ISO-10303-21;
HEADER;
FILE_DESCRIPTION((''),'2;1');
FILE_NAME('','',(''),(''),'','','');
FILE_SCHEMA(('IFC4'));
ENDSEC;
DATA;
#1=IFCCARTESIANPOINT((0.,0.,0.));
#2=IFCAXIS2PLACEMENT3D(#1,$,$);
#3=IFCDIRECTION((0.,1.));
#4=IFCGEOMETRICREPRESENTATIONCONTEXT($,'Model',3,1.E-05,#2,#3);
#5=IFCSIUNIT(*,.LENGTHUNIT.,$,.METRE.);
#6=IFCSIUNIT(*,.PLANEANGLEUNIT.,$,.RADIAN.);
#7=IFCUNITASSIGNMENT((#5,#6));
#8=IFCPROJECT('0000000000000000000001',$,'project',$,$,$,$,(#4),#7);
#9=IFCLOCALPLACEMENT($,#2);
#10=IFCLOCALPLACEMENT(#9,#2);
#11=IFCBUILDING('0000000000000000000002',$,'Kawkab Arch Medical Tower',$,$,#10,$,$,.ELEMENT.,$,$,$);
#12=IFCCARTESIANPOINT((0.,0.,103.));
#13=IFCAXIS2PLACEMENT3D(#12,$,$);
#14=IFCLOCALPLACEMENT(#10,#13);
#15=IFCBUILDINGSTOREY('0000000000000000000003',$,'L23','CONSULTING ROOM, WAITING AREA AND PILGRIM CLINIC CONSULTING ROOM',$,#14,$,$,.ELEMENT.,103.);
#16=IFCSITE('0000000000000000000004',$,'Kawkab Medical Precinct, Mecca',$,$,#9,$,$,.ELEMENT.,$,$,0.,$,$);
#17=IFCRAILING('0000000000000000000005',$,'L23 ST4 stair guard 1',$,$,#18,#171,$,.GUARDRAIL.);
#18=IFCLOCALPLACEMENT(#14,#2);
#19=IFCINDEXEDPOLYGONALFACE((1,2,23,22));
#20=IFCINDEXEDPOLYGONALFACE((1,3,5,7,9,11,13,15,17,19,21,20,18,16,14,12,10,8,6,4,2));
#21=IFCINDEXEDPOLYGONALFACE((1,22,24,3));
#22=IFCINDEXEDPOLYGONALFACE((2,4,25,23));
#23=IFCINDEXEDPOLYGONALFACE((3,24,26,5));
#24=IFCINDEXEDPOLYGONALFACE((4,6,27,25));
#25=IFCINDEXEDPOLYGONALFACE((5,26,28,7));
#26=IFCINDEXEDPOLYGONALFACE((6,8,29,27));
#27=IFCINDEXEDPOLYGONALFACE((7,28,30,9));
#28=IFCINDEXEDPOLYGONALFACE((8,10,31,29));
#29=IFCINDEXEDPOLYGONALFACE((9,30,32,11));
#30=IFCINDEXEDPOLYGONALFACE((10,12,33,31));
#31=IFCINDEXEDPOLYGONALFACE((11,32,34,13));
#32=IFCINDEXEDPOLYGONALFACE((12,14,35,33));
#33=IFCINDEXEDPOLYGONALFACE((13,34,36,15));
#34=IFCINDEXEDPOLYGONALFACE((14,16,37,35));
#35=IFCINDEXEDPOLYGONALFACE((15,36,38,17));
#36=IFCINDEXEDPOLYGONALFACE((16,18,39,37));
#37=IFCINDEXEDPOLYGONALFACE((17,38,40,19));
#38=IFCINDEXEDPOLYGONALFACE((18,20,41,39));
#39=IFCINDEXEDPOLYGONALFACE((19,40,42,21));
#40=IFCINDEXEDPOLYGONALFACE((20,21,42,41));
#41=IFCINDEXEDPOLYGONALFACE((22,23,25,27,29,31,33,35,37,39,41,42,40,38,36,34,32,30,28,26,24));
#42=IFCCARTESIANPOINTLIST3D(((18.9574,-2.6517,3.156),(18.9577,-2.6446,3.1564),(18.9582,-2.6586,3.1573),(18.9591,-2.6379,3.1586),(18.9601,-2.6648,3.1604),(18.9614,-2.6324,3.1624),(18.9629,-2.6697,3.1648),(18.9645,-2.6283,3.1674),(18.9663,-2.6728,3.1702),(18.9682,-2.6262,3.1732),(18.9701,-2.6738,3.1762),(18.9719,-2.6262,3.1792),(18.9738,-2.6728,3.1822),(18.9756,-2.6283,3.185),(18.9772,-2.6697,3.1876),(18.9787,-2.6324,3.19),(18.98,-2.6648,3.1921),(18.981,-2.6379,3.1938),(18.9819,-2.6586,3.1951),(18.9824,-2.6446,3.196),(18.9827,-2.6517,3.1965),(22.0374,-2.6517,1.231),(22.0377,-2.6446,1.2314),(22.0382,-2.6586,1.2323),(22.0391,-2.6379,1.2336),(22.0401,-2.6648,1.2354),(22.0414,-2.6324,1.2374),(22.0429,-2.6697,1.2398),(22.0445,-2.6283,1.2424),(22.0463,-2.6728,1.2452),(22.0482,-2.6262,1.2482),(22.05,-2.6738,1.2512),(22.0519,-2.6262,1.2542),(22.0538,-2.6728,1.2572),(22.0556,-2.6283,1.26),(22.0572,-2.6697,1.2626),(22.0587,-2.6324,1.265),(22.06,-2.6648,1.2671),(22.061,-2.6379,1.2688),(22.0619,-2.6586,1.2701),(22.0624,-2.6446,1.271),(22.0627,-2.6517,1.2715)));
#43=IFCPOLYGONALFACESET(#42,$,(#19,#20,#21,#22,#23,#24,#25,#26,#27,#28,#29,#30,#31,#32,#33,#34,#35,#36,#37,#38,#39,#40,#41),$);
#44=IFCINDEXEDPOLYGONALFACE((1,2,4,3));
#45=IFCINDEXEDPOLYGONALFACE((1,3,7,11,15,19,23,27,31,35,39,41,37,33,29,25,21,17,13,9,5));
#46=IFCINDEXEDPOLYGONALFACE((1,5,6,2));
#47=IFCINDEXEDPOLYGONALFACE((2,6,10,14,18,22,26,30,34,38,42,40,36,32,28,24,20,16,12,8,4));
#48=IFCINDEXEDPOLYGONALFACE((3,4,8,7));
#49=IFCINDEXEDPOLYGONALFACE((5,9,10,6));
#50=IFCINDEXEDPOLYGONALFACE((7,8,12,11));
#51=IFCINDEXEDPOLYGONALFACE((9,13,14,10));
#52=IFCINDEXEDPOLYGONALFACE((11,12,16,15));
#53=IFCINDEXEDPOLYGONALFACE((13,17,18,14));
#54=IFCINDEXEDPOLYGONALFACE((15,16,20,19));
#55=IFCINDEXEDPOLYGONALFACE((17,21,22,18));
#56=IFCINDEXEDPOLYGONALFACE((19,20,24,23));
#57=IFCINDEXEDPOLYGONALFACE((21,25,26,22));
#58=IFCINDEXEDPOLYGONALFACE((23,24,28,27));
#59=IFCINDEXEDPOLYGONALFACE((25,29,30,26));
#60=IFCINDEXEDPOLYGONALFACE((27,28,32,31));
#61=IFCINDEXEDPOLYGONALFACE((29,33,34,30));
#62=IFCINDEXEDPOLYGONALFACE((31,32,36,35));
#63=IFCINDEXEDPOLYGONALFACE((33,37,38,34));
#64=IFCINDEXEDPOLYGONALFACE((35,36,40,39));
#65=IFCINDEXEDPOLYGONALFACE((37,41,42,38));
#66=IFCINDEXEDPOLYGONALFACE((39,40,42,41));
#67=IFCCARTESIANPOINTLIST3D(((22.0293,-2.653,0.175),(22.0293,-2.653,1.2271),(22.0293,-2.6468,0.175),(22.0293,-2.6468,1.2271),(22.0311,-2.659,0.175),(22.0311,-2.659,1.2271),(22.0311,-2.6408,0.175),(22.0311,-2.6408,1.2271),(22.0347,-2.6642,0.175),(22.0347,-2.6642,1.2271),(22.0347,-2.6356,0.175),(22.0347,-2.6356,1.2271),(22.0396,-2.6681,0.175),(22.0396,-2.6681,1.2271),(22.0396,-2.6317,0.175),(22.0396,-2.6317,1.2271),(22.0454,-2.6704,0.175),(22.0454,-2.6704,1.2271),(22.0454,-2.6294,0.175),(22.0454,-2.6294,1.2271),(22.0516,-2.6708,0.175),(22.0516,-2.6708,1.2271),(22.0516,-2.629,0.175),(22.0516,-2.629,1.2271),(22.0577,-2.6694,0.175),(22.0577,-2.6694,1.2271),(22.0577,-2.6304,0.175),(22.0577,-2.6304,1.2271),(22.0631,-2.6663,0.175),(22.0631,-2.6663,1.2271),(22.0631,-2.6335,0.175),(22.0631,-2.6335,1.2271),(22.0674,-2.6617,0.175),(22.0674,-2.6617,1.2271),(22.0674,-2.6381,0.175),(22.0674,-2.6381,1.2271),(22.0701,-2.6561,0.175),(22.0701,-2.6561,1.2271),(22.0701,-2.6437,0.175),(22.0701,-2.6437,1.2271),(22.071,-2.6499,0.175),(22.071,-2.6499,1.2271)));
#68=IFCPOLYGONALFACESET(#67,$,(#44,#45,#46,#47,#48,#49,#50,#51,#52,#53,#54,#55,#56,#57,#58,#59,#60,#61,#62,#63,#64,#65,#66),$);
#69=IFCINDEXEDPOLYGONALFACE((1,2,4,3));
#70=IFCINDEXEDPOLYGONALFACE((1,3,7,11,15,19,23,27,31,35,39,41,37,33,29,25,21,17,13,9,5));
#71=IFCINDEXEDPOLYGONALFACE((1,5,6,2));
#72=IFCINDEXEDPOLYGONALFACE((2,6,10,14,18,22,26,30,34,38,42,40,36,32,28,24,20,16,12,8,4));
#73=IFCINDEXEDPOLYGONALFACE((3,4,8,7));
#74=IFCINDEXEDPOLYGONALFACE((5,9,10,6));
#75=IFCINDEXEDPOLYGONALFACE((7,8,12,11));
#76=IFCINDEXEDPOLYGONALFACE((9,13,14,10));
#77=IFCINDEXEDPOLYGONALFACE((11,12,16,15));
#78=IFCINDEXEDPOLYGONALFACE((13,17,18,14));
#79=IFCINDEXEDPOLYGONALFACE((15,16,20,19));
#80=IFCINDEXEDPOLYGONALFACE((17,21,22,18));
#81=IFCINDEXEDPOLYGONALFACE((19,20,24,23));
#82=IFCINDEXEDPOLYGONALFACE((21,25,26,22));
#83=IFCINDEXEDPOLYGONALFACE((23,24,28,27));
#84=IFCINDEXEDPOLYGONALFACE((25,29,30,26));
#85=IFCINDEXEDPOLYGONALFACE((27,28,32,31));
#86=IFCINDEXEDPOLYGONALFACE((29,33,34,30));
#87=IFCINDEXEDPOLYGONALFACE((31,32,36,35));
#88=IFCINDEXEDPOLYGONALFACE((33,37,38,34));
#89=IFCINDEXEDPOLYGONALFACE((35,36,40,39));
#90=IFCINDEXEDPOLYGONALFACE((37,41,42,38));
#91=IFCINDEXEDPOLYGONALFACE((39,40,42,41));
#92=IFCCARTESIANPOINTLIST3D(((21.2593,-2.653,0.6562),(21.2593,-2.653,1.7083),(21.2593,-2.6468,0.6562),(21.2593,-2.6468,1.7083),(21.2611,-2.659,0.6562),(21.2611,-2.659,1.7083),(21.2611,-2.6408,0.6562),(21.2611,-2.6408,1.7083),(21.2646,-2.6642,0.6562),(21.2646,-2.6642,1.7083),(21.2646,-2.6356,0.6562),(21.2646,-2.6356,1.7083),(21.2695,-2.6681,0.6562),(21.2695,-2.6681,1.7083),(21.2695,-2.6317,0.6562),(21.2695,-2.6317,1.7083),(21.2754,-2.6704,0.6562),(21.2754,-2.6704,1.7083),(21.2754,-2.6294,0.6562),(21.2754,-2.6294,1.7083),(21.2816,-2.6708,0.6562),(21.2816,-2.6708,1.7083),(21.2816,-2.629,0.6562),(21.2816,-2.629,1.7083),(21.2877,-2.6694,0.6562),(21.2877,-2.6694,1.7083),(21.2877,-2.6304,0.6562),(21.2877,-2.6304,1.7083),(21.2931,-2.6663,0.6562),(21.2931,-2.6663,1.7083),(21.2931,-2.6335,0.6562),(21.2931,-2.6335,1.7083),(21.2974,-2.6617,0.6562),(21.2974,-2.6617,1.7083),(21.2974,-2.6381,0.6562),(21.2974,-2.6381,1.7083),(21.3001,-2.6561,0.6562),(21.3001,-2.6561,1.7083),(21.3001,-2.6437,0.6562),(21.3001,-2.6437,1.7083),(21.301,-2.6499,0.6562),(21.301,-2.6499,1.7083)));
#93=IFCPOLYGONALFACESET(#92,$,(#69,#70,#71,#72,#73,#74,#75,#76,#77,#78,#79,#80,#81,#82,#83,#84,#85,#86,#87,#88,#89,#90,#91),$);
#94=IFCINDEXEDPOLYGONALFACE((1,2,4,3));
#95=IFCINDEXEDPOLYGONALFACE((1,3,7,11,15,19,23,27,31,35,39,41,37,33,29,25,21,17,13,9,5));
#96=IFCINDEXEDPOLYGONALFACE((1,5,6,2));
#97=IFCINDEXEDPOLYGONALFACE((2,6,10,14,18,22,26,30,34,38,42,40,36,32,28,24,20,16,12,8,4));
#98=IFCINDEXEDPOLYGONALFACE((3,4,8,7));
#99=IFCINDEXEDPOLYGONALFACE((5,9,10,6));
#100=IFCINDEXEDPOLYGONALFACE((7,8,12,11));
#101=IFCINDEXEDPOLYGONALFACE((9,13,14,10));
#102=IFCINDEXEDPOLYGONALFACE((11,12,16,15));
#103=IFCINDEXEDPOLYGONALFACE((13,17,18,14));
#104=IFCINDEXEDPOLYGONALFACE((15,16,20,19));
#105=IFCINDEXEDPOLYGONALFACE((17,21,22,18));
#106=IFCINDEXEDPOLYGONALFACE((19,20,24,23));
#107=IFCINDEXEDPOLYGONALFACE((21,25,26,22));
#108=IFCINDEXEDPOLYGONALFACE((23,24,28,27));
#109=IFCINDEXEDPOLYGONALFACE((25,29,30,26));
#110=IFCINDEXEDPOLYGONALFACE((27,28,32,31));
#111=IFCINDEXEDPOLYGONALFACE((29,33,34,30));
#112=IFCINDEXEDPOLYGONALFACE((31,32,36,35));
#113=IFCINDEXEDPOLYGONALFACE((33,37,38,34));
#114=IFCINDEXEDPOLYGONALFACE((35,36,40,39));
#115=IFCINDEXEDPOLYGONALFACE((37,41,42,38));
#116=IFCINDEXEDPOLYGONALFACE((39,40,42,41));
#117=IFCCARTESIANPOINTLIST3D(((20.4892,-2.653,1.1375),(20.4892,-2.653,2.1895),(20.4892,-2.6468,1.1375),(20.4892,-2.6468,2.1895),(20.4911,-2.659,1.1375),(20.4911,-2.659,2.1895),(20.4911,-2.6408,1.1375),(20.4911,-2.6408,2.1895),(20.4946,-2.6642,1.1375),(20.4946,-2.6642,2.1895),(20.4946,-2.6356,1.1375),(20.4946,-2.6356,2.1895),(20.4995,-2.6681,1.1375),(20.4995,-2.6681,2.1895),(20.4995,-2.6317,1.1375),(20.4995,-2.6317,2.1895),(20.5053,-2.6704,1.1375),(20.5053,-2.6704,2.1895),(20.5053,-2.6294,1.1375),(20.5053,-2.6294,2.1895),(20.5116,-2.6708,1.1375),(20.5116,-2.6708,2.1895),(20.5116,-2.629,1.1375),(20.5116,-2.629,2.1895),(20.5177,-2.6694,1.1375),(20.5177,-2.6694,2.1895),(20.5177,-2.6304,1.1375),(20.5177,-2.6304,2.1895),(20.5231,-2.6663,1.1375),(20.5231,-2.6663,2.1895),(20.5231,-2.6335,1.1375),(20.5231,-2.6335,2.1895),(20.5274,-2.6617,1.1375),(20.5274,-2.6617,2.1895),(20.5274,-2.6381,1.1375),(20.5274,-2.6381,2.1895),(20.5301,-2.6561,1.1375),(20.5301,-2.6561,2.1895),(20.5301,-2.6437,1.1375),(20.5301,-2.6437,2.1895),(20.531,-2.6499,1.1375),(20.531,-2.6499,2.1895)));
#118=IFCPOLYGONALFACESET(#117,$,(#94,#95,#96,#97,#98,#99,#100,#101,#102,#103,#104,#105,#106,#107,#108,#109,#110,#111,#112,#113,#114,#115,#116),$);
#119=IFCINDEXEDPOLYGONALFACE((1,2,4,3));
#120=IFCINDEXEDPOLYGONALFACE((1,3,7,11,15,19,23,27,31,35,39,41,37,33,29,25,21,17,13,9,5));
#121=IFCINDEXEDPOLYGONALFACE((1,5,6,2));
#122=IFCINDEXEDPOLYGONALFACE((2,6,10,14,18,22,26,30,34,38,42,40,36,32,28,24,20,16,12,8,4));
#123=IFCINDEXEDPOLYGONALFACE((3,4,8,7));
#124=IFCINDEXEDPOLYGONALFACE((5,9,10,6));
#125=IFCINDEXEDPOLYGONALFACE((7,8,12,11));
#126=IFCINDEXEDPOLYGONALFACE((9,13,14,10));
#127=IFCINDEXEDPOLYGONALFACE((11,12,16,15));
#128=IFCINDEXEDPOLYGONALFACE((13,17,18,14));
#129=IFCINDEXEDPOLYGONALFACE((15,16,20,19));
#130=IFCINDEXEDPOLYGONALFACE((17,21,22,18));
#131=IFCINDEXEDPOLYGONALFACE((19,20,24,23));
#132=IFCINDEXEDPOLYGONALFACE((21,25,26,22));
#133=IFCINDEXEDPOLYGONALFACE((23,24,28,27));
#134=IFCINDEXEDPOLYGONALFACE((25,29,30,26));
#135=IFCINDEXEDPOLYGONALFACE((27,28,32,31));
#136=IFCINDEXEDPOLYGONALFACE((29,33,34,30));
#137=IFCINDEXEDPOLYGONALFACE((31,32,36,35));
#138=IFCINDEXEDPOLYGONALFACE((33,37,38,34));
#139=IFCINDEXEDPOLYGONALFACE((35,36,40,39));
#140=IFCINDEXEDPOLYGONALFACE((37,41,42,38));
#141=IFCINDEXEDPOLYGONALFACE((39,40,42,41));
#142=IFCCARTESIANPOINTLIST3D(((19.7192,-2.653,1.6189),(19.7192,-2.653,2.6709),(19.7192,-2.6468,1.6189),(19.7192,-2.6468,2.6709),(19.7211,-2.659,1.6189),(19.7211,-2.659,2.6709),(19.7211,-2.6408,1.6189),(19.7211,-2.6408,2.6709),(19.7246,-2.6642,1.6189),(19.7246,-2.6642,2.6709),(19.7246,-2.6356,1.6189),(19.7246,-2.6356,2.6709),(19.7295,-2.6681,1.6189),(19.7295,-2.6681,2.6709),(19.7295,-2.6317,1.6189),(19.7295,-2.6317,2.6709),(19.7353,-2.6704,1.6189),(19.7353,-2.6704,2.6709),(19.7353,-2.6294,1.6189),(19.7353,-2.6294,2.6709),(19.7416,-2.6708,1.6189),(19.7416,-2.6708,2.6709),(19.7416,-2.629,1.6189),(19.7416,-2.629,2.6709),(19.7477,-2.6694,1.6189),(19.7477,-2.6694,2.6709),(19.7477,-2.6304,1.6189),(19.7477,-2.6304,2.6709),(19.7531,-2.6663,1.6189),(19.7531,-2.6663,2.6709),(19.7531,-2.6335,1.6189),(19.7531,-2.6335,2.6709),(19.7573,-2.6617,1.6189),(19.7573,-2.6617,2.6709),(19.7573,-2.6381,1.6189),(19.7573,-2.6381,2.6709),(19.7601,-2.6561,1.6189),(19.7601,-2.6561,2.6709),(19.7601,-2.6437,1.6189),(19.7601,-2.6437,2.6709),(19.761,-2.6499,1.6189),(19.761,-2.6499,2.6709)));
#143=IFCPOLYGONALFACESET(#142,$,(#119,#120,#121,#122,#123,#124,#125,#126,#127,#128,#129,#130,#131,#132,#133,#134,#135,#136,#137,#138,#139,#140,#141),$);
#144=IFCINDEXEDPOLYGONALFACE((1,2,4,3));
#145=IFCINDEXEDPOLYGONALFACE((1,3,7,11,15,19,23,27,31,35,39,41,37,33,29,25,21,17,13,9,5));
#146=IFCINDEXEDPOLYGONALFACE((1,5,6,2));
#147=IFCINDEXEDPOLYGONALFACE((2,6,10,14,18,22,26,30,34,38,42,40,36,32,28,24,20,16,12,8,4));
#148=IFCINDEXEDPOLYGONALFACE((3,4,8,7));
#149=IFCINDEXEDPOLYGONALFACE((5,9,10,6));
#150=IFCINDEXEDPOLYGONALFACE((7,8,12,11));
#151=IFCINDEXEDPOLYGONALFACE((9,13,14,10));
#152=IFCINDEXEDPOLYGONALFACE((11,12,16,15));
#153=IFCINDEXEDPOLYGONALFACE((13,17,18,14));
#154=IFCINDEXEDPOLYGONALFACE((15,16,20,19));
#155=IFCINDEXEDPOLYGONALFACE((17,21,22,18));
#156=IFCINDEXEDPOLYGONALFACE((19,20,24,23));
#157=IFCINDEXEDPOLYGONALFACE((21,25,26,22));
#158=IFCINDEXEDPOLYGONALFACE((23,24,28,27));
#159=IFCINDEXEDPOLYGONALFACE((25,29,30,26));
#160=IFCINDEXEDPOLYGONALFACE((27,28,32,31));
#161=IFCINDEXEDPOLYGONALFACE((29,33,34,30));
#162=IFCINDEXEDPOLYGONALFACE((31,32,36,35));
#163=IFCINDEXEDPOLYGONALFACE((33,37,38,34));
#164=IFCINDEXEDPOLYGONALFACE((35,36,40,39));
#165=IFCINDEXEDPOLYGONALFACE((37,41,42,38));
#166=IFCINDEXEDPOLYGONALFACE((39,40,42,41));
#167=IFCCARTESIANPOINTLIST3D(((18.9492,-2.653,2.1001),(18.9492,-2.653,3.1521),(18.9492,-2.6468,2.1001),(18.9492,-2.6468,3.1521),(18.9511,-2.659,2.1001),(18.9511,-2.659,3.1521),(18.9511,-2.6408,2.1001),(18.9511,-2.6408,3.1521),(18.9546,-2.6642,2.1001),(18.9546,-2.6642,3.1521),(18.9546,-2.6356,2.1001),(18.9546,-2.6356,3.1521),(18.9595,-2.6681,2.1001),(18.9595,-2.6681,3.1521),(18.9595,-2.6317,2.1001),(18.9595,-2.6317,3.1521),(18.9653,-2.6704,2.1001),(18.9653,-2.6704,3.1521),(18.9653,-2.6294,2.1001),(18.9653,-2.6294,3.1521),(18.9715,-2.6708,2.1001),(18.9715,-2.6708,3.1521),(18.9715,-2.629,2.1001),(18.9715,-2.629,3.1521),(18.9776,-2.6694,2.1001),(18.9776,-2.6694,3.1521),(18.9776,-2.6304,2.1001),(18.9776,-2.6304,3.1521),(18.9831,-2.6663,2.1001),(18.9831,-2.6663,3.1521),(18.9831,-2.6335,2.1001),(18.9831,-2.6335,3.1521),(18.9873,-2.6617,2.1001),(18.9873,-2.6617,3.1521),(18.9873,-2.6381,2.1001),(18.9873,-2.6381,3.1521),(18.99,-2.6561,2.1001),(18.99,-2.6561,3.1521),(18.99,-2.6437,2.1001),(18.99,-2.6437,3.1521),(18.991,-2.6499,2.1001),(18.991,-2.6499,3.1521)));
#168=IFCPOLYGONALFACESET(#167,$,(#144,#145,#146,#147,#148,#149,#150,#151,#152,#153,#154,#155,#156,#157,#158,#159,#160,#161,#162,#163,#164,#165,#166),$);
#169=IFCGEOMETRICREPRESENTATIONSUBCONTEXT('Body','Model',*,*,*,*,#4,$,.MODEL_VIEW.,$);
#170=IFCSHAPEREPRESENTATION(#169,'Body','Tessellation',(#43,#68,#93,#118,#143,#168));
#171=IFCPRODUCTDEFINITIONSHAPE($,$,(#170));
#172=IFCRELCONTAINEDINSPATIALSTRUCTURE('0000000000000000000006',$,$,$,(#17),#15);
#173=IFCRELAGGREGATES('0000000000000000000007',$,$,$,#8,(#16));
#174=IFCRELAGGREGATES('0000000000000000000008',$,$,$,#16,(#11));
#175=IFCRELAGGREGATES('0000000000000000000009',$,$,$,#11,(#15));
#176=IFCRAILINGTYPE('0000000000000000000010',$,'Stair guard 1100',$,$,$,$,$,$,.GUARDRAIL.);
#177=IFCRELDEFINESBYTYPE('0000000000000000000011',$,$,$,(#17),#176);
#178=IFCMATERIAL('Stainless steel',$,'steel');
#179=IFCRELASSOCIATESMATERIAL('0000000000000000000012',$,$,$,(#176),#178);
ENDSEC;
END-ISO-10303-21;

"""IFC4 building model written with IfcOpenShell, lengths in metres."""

from ifc_helpers import new_model, si_unit, direction, frame, origin, origin_2d, place, context, subcontext, project, spatial, circle, extrude, material, type_object, element, save


model = new_model("IFC4")

# Units and contexts
model_context = context("Model", 3, precision=1e-05, world=origin(), true_north=direction((0.0, 1.0)))
body_context = subcontext(model_context, "Body", "Model", "MODEL_VIEW")
ifc_project = project(units=[si_unit("LENGTHUNIT", "METRE"), si_unit("PLANEANGLEUNIT", "RADIAN")], contexts=[model_context])

# Site, building, storey
site_placement = place(None, origin())
site = spatial("IfcSite", under=ifc_project, at=site_placement, Name="Kawkab Medical Precinct, Mecca", CompositionType="ELEMENT", RefElevation=0.0)
building_placement = place(site_placement, origin())
building = spatial("IfcBuilding", under=site, at=building_placement, Name="Kawkab Arch Medical Tower", CompositionType="ELEMENT")
storey_placement = place(building_placement, frame((0.0, 0.0, 103.0)))
storey = spatial("IfcBuildingStorey", under=building, at=storey_placement, Name="L23", Description="CONSULTING ROOM, WAITING AREA AND PILGRIM CLINIC CONSULTING ROOM", CompositionType="ELEMENT", Elevation=103.0)

# Railing
ifc_material_1 = material(Name="Stainless steel", Category="steel")
railing_type_1 = type_object("IfcRailingType", Name="Stair guard 1100", PredefinedType="GUARDRAIL", material=ifc_material_1)
railing_1_placement = place(storey_placement, frame((22.05, -2.6499, 0.175)))
element("IfcRailing", 1, at=railing_1_placement, inside=storey, type_object=railing_type_1, Name="L23 ST4 stair guard 1", PredefinedType="GUARDRAIL", context=body_context, shape_type="SweptSolid", body=[
    extrude(circle(Radius=0.0239, at=origin_2d()), frame((0.0, 0.0, 1.0762), z_axis=(-0.847998, 0.0, 0.529999), x_axis=(0.0, -1.0, 0.0)), (0.0, 0.0, 1.0), 3.6321),
    extrude(circle(Radius=0.021, at=origin_2d()), origin(), (0.0, 0.0, 1.0), 1.052),
    extrude(circle(Radius=0.021, at=origin_2d()), frame((-0.77, 0.0, 0.4812)), (0.0, 0.0, 1.0), 1.052),
    extrude(circle(Radius=0.021, at=origin_2d()), frame((-1.54, 0.0, 0.9624)), (0.0, 0.0, 1.0), 1.052),
    extrude(circle(Radius=0.021, at=origin_2d()), frame((-2.3101, 0.0, 1.4438)), (0.0, 0.0, 1.0), 1.052),
    extrude(circle(Radius=0.021, at=origin_2d()), frame((-3.0801, 0.0, 1.925)), (0.0, 0.0, 1.0), 1.052),
])

save(model, "model.ifc")
